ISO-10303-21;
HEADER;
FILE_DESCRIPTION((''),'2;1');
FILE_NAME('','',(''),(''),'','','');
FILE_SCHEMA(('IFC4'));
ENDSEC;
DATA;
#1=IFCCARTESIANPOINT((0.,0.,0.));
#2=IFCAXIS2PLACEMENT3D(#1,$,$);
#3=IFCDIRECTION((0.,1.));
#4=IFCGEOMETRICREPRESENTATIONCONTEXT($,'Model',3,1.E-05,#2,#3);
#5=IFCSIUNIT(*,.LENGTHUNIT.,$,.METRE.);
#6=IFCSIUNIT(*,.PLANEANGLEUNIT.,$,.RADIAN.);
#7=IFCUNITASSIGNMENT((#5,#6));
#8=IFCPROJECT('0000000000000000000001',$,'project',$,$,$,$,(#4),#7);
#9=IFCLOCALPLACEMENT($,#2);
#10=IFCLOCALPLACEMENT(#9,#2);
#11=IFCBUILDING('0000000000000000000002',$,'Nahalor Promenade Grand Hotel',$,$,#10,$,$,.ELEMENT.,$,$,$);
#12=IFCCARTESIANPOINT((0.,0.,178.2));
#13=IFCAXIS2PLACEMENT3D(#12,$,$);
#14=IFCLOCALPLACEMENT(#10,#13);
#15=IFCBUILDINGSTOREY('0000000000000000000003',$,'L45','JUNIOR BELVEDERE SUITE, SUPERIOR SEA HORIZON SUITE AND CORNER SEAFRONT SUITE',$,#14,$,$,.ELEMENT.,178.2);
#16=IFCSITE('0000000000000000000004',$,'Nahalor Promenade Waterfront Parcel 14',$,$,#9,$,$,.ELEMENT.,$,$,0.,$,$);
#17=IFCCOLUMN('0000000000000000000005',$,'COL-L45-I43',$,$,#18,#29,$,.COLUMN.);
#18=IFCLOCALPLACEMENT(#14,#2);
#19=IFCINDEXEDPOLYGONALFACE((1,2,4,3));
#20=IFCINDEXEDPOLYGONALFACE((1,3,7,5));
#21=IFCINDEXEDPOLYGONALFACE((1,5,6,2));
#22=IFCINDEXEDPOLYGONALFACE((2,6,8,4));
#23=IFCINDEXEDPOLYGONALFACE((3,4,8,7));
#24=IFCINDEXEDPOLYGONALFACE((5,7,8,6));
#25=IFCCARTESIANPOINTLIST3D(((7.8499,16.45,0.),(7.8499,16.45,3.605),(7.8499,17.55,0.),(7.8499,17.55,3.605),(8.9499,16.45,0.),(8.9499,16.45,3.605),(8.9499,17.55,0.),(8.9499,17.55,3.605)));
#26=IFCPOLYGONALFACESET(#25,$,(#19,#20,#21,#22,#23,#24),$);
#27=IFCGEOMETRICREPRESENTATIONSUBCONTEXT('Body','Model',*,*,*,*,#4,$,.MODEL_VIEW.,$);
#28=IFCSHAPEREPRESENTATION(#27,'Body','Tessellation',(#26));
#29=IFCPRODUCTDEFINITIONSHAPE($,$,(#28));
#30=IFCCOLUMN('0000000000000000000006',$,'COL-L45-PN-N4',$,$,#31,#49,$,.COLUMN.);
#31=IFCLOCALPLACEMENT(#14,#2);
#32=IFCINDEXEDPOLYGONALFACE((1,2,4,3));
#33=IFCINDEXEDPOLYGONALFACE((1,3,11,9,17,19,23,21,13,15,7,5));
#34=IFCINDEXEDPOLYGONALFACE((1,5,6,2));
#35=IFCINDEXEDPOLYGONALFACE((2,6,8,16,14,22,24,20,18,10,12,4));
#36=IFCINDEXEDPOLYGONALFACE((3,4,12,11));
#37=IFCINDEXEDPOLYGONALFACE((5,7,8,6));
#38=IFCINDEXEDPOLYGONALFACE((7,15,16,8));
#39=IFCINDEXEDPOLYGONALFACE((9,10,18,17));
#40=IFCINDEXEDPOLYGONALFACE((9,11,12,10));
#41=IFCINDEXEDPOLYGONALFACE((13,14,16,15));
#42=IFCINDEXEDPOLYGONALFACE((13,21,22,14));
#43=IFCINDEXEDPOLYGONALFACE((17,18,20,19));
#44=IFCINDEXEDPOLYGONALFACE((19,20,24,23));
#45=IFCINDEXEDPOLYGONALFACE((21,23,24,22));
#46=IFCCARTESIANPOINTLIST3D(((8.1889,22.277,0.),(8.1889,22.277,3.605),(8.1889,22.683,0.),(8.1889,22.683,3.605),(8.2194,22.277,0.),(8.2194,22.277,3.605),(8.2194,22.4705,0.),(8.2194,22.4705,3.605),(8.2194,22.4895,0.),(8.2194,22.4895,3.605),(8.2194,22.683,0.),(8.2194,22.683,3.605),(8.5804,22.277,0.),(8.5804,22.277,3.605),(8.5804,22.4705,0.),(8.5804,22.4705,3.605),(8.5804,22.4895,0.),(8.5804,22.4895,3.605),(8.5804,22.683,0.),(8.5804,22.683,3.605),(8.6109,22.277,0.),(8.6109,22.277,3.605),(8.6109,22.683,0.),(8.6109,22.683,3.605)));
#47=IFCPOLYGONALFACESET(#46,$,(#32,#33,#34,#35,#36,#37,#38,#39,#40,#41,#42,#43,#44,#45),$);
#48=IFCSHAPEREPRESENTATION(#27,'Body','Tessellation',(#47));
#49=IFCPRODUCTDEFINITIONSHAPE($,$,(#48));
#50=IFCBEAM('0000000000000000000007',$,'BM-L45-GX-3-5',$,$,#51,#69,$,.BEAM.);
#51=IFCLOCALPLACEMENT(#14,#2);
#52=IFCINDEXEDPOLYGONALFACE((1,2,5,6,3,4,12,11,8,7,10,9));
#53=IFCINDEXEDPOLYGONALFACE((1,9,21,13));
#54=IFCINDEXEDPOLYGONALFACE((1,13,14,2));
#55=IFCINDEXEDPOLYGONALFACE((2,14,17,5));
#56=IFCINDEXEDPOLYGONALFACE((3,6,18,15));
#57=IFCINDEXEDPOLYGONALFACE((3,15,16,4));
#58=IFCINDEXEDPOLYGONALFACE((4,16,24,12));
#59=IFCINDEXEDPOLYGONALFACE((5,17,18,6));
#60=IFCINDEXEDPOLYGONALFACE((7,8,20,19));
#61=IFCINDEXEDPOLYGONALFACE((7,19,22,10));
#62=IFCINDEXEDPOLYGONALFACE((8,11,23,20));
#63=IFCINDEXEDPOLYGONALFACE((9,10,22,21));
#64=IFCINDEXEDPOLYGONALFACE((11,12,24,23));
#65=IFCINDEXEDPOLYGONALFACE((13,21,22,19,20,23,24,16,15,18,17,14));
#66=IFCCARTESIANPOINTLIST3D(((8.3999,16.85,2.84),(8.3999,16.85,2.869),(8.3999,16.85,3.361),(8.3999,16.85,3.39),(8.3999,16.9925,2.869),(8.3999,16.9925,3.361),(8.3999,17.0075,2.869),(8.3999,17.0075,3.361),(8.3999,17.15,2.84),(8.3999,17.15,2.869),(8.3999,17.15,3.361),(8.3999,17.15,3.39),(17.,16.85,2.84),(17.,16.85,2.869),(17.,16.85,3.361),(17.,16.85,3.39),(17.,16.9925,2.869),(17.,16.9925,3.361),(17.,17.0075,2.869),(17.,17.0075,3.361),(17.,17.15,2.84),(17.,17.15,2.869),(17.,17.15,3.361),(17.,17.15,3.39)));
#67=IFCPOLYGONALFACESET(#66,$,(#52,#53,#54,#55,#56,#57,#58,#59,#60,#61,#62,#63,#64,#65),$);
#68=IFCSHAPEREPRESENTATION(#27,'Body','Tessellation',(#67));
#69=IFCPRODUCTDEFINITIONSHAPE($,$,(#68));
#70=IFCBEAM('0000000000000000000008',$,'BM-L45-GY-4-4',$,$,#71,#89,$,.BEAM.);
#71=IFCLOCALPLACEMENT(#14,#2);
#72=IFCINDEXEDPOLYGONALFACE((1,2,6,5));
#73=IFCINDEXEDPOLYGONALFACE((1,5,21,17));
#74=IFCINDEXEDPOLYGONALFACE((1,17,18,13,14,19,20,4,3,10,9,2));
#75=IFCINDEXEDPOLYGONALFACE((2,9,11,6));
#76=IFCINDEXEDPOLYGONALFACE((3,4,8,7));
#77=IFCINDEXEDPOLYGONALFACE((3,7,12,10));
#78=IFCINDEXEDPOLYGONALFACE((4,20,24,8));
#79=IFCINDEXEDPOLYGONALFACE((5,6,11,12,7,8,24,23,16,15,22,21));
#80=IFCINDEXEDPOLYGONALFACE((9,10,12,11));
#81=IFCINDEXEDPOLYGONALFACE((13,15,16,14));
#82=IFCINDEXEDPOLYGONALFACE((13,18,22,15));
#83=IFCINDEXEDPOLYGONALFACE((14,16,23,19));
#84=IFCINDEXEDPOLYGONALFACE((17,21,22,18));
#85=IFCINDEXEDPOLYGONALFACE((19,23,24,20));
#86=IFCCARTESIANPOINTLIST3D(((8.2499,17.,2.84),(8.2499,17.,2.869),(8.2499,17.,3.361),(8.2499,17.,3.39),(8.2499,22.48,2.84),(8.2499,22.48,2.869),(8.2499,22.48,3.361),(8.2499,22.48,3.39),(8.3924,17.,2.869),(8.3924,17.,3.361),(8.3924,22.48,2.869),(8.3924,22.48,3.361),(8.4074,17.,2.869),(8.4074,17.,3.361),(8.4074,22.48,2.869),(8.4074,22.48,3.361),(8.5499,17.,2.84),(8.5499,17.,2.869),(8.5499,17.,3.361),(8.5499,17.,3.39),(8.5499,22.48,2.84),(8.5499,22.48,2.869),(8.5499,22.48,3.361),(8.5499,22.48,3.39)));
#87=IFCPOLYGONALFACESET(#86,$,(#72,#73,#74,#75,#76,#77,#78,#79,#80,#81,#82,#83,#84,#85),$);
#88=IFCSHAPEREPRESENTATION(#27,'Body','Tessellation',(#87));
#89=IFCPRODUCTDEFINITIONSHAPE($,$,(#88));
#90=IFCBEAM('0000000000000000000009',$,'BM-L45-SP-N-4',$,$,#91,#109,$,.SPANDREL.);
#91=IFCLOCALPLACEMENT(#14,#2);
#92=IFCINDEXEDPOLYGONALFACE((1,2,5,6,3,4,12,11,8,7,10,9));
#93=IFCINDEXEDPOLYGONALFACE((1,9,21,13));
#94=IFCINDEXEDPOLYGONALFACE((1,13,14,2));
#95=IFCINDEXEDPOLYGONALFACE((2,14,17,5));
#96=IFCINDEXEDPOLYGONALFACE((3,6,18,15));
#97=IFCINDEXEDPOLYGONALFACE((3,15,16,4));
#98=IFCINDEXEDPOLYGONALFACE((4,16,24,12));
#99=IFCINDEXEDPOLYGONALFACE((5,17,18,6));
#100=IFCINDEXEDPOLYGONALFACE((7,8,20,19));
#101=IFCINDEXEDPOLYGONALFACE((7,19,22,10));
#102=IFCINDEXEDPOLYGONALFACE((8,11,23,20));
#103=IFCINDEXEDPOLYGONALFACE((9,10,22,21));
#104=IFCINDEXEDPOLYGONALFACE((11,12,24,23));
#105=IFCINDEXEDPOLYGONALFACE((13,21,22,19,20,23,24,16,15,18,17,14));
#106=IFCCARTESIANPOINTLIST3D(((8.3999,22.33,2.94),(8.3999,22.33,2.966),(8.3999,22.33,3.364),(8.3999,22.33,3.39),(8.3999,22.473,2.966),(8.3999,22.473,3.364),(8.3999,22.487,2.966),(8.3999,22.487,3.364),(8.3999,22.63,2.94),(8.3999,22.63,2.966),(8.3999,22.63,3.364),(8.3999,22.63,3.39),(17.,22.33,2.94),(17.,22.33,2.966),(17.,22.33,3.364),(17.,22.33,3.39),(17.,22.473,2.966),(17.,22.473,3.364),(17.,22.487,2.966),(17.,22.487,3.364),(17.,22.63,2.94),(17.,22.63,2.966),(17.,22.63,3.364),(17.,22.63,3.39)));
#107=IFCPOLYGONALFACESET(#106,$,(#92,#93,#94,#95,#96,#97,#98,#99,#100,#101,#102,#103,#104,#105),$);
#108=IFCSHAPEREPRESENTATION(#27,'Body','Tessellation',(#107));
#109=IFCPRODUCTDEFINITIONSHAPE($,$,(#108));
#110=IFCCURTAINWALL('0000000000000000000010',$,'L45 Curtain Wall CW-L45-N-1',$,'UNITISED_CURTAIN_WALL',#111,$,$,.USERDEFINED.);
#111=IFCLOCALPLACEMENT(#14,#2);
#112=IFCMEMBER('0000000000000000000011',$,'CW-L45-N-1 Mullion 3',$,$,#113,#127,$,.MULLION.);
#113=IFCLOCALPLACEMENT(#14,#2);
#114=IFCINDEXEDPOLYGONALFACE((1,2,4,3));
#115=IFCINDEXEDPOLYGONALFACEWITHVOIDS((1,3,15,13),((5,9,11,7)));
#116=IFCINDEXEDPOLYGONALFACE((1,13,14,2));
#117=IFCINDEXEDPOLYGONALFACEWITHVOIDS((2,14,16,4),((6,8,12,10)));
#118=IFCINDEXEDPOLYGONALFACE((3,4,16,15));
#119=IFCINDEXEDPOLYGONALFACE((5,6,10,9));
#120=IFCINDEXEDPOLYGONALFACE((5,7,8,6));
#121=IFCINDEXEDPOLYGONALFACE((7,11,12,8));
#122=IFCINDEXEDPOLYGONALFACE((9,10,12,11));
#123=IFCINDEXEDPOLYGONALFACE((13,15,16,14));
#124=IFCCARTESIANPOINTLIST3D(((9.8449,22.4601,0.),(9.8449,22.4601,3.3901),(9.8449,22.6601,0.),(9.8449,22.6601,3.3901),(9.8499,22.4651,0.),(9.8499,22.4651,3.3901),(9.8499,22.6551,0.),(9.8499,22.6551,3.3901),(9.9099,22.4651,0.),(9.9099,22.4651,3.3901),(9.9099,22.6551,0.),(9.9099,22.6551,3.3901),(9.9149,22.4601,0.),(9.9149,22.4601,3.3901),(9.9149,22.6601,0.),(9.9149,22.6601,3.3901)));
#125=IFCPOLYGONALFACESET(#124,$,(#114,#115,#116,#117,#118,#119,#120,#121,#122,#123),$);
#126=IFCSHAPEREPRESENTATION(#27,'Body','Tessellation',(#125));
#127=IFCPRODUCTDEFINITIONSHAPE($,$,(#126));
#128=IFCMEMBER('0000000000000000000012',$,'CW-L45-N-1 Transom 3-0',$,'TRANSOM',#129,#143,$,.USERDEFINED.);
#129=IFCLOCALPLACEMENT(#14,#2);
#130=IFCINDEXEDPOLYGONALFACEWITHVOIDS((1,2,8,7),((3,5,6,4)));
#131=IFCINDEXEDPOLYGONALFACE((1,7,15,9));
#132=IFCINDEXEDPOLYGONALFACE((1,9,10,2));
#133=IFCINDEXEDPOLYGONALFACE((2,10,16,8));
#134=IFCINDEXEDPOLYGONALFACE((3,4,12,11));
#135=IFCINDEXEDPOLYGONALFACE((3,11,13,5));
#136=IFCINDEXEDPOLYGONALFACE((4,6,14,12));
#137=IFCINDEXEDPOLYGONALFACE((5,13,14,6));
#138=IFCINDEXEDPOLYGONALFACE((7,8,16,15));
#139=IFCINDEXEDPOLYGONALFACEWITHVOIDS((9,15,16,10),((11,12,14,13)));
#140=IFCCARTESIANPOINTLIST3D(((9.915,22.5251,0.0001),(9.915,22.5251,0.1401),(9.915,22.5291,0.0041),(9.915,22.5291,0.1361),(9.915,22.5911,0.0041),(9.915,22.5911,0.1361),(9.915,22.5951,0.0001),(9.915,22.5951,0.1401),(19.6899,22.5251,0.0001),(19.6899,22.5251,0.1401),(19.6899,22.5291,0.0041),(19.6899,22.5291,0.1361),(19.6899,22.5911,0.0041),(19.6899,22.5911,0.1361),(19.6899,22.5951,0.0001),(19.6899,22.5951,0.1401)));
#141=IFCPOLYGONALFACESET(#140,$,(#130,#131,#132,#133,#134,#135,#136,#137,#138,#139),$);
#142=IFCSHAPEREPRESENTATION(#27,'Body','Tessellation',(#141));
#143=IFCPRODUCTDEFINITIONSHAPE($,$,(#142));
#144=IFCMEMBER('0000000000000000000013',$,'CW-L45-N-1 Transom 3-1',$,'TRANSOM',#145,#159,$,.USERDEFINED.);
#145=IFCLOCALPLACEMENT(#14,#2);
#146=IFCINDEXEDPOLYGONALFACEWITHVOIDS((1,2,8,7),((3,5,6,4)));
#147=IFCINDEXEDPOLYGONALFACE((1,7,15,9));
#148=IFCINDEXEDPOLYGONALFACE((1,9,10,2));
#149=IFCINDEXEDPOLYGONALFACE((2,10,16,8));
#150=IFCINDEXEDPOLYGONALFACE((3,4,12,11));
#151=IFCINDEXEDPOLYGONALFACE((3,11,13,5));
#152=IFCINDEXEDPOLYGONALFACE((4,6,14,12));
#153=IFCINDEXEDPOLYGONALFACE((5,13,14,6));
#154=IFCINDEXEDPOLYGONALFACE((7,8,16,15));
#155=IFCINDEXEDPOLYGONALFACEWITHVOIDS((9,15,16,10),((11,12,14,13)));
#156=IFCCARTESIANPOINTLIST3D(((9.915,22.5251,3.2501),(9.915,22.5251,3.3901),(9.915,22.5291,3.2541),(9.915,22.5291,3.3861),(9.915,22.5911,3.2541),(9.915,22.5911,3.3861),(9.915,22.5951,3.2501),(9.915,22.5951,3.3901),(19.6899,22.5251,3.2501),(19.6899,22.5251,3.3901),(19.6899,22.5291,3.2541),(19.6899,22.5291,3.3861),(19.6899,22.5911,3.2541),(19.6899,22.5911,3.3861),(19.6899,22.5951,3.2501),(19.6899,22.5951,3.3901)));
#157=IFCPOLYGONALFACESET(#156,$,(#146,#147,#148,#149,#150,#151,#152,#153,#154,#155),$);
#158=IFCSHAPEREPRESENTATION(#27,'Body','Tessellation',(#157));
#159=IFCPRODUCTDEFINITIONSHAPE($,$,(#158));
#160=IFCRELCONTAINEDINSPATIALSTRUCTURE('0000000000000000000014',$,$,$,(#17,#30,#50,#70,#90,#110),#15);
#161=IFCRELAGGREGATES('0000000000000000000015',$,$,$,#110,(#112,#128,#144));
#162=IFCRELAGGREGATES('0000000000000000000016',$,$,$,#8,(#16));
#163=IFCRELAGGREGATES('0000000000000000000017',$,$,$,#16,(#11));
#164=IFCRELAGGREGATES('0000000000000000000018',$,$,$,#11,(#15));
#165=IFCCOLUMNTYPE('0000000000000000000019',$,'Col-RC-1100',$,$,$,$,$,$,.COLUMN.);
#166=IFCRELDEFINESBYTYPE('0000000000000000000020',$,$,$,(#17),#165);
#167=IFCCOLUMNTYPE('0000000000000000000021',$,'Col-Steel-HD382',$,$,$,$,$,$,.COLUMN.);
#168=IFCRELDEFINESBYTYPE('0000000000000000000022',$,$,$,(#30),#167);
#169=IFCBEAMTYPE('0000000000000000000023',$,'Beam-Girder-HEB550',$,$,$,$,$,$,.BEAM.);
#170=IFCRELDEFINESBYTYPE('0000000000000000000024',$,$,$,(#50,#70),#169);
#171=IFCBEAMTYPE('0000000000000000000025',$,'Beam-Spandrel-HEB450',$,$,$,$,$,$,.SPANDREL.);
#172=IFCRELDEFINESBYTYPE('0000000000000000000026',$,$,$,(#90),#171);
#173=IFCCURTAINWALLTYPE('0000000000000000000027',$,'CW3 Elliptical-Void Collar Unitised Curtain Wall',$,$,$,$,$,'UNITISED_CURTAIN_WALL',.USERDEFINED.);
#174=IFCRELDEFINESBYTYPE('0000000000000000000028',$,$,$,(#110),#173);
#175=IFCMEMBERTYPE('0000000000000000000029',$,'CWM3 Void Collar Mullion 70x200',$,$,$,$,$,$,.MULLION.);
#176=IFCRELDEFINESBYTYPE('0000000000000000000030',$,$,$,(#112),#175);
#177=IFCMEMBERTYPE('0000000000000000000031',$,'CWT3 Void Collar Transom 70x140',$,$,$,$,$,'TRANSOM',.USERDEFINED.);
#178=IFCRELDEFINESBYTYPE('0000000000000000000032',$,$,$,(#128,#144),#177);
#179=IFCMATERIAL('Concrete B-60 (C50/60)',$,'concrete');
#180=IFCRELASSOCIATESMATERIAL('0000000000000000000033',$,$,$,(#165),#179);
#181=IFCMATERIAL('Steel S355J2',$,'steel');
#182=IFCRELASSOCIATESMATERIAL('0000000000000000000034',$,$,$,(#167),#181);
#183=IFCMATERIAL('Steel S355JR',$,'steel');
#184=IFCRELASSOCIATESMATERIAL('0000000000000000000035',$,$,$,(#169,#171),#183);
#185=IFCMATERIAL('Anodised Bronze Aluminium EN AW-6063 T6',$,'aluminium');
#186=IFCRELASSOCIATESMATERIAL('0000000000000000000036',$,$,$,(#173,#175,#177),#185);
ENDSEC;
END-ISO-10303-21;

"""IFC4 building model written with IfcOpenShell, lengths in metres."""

from ifc_helpers import new_model, si_unit, direction, frame, origin, origin_2d, place, context, subcontext, project, spatial, rectangle, hollow_rectangle, i_section, extrude, source, transform, mapped, material, material_profile, profile_set, type_object, element, aggregate, save


model = new_model("IFC4")

# Units and contexts
model_context = context("Model", 3, precision=1e-05, world=origin(), true_north=direction((0.0, 1.0)))
body_context = subcontext(model_context, "Body", "Model", "MODEL_VIEW")
ifc_project = project(units=[si_unit("LENGTHUNIT", "METRE"), si_unit("PLANEANGLEUNIT", "RADIAN")], contexts=[model_context])

# Site, building, storey
site_placement = place(None, origin())
site = spatial("IfcSite", under=ifc_project, at=site_placement, Name="Nahalor Promenade Waterfront Parcel 14", CompositionType="ELEMENT", RefElevation=0.0)
building_placement = place(site_placement, origin())
building = spatial("IfcBuilding", under=site, at=building_placement, Name="Nahalor Promenade Grand Hotel", CompositionType="ELEMENT")
storey_placement = place(building_placement, frame((0.0, 0.0, 178.2)))
storey = spatial("IfcBuildingStorey", under=building, at=storey_placement, Name="L45", Description="JUNIOR BELVEDERE SUITE, SUPERIOR SEA HORIZON SUITE AND CORNER SEAFRONT SUITE", CompositionType="ELEMENT", Elevation=178.2)

# Columns
ifc_material_1 = material(Name="Concrete B-60 (C50/60)", Category="concrete")
ifc_material_profile_1 = material_profile(ifc_material_1, rectangle(XDim=1.1, YDim=1.1, at=origin_2d()), Name="RC 1100x1100")
ifc_profile_set_1 = profile_set([ifc_material_profile_1], Name="Concrete B-60 (C50/60)")
column_type_1 = type_object("IfcColumnType", Name="Col-RC-1100", PredefinedType="COLUMN", material=ifc_profile_set_1)
shared_shape_1 = source(origin(), body_context, "Body", "SweptSolid", [
    extrude(rectangle(XDim=1.1, YDim=1.1, at=origin_2d()), origin(), (0.0, 0.0, 1.0), 3.605),
])
column_1_placement = place(storey_placement, frame((8.3999, 17.0, 0.0), z_axis=(0.0, 0.0, 1.0), x_axis=(1.0, 0.0, 0.0)))
element("IfcColumn", 1, at=column_1_placement, inside=storey, type_object=column_type_1, Name="COL-L45-I43", PredefinedType="COLUMN", context=body_context, shape_type="MappedRepresentation", body=[
    mapped(shared_shape_1, transform((0.0, 0.0, 0.0), scale=1.0)),
])
ifc_material_2 = material(Name="Steel S355J2", Category="steel")
ifc_material_profile_2 = material_profile(ifc_material_2, i_section(OverallWidth=0.406, OverallDepth=0.422, WebThickness=0.019, FlangeThickness=0.0305, at=origin_2d()), Name="HD 400x382")
ifc_profile_set_2 = profile_set([ifc_material_profile_2], Name="Steel S355J2")
column_type_2 = type_object("IfcColumnType", Name="Col-Steel-HD382", PredefinedType="COLUMN", material=ifc_profile_set_2)
shared_shape_2 = source(origin(), body_context, "Body", "SweptSolid", [
    extrude(i_section(OverallWidth=0.406, OverallDepth=0.422, WebThickness=0.019, FlangeThickness=0.0305, at=origin_2d()), origin(), (0.0, 0.0, 1.0), 3.605),
])
column_2_placement = place(storey_placement, frame((8.3999, 22.48, 0.0), z_axis=(0.0, 0.0, 1.0), x_axis=(0.0, 1.0, 0.0)))
element("IfcColumn", 2, at=column_2_placement, inside=storey, type_object=column_type_2, Name="COL-L45-PN-N4", PredefinedType="COLUMN", context=body_context, shape_type="MappedRepresentation", body=[
    mapped(shared_shape_2, transform((0.0, 0.0, 0.0), scale=1.0)),
])

# Beams
ifc_material_3 = material(Name="Steel S355JR", Category="steel")
ifc_material_profile_3 = material_profile(ifc_material_3, i_section(OverallWidth=0.3, OverallDepth=0.55, WebThickness=0.015, FlangeThickness=0.029, at=origin_2d()), Name="HEB 550")
ifc_profile_set_3 = profile_set([ifc_material_profile_3], Name="Steel S355JR")
beam_type_1 = type_object("IfcBeamType", Name="Beam-Girder-HEB550", PredefinedType="BEAM", material=ifc_profile_set_3)
shared_shape_3 = source(origin(), body_context, "Body", "SweptSolid", [
    extrude(i_section(OverallWidth=0.3, OverallDepth=0.55, WebThickness=0.015, FlangeThickness=0.029, at=origin_2d()), origin(), (0.0, 0.0, 1.0), 8.6001),
])
beam_1_placement = place(storey_placement, frame((8.3999, 17.0, 3.115), z_axis=(1.0, 0.0, 0.0), x_axis=(0.0, 1.0, 0.0)))
element("IfcBeam", 3, at=beam_1_placement, inside=storey, type_object=beam_type_1, Name="BM-L45-GX-3-5", PredefinedType="BEAM", context=body_context, shape_type="MappedRepresentation", body=[
    mapped(shared_shape_3, transform((0.0, 0.0, 0.0), scale=1.0)),
])
shared_shape_4 = source(origin(), body_context, "Body", "SweptSolid", [
    extrude(i_section(OverallWidth=0.3, OverallDepth=0.55, WebThickness=0.015, FlangeThickness=0.029, at=origin_2d()), origin(), (0.0, 0.0, 1.0), 5.48),
])
beam_2_placement = place(storey_placement, frame((8.3999, 17.0, 3.115), z_axis=(0.0, 1.0, 0.0), x_axis=(-1.0, 0.0, 0.0)))
element("IfcBeam", 4, at=beam_2_placement, inside=storey, type_object=beam_type_1, Name="BM-L45-GY-4-4", PredefinedType="BEAM", context=body_context, shape_type="MappedRepresentation", body=[
    mapped(shared_shape_4, transform((0.0, 0.0, 0.0), scale=1.0)),
])
ifc_material_profile_4 = material_profile(ifc_material_3, i_section(OverallWidth=0.3, OverallDepth=0.45, WebThickness=0.014, FlangeThickness=0.026, at=origin_2d()), Name="HEB 450")
ifc_profile_set_4 = profile_set([ifc_material_profile_4], Name="Steel S355JR")
beam_type_2 = type_object("IfcBeamType", Name="Beam-Spandrel-HEB450", PredefinedType="SPANDREL", material=ifc_profile_set_4)
shared_shape_5 = source(origin(), body_context, "Body", "SweptSolid", [
    extrude(i_section(OverallWidth=0.3, OverallDepth=0.45, WebThickness=0.014, FlangeThickness=0.026, at=origin_2d()), origin(), (0.0, 0.0, 1.0), 8.6001),
])
beam_3_placement = place(storey_placement, frame((8.3999, 22.48, 3.165), z_axis=(1.0, 0.0, 0.0), x_axis=(0.0, 1.0, 0.0)))
element("IfcBeam", 5, at=beam_3_placement, inside=storey, type_object=beam_type_2, Name="BM-L45-SP-N-4", PredefinedType="SPANDREL", context=body_context, shape_type="MappedRepresentation", body=[
    mapped(shared_shape_5, transform((0.0, 0.0, 0.0), scale=1.0)),
])

# Curtain wall, members
ifc_material_4 = material(Name="Anodised Bronze Aluminium EN AW-6063 T6", Category="aluminium")
curtain_wall_type = type_object("IfcCurtainWallType", Name="CW3 Elliptical-Void Collar Unitised Curtain Wall", ElementType="UNITISED_CURTAIN_WALL", PredefinedType="USERDEFINED", material=ifc_material_4)
curtain_wall_placement = place(storey_placement, origin())
curtain_wall = element("IfcCurtainWall", 6, at=curtain_wall_placement, inside=storey, type_object=curtain_wall_type, Name="L45 Curtain Wall CW-L45-N-1", ObjectType="UNITISED_CURTAIN_WALL", PredefinedType="USERDEFINED")
ifc_material_profile_5 = material_profile(ifc_material_4, hollow_rectangle(XDim=0.07, YDim=0.2, WallThickness=0.005, at=origin_2d()), Name="CWM 70x200x5")
ifc_profile_set_5 = profile_set([ifc_material_profile_5], Name="Anodised Bronze Aluminium EN AW-6063 T6")
member_type_1 = type_object("IfcMemberType", Name="CWM3 Void Collar Mullion 70x200", PredefinedType="MULLION", material=ifc_profile_set_5)
shared_shape_6 = source(origin(), body_context, "Body", "SweptSolid", [
    extrude(hollow_rectangle(XDim=0.07, YDim=0.2, WallThickness=0.005, at=origin_2d()), origin(), (0.0, 0.0, 1.0), 3.3901),
])
member_1_placement = place(storey_placement, frame((9.8799, 22.5601, 0.0), z_axis=(0.0, 0.0, 1.0), x_axis=(1.0, 0.0, 0.0)))
member_1 = element("IfcMember", 7, at=member_1_placement, type_object=member_type_1, Name="CW-L45-N-1 Mullion 3", PredefinedType="MULLION", context=body_context, shape_type="MappedRepresentation", body=[
    mapped(shared_shape_6, transform((0.0, 0.0, 0.0), scale=1.0)),
])
ifc_material_profile_6 = material_profile(ifc_material_4, hollow_rectangle(XDim=0.07, YDim=0.14, WallThickness=0.004, at=origin_2d()), Name="CWT 70x140x4")
ifc_profile_set_6 = profile_set([ifc_material_profile_6], Name="Anodised Bronze Aluminium EN AW-6063 T6")
member_type_2 = type_object("IfcMemberType", Name="CWT3 Void Collar Transom 70x140", ElementType="TRANSOM", PredefinedType="USERDEFINED", material=ifc_profile_set_6)
shared_shape_7 = source(origin(), body_context, "Body", "SweptSolid", [
    extrude(hollow_rectangle(XDim=0.07, YDim=0.14, WallThickness=0.004, at=origin_2d()), origin(), (0.0, 0.0, 1.0), 9.7749),
])
member_2_placement = place(storey_placement, frame((9.915, 22.5601, 0.0701), z_axis=(1.0, 0.0, 0.0), x_axis=(0.0, 1.0, 0.0)))
member_2 = element("IfcMember", 8, at=member_2_placement, type_object=member_type_2, Name="CW-L45-N-1 Transom 3-0", ObjectType="TRANSOM", PredefinedType="USERDEFINED", context=body_context, shape_type="MappedRepresentation", body=[
    mapped(shared_shape_7, transform((0.0, 0.0, 0.0), scale=1.0)),
])
member_3_placement = place(storey_placement, frame((9.915, 22.5601, 3.3201), z_axis=(1.0, 0.0, 0.0), x_axis=(0.0, 1.0, 0.0)))
member_3 = element("IfcMember", 9, at=member_3_placement, type_object=member_type_2, Name="CW-L45-N-1 Transom 3-1", ObjectType="TRANSOM", PredefinedType="USERDEFINED", context=body_context, shape_type="MappedRepresentation", body=[
    mapped(shared_shape_7, transform((0.0, 0.0, 0.0), scale=1.0)),
])
aggregate(curtain_wall, [member_1, member_2, member_3])

save(model, "model.ifc")
